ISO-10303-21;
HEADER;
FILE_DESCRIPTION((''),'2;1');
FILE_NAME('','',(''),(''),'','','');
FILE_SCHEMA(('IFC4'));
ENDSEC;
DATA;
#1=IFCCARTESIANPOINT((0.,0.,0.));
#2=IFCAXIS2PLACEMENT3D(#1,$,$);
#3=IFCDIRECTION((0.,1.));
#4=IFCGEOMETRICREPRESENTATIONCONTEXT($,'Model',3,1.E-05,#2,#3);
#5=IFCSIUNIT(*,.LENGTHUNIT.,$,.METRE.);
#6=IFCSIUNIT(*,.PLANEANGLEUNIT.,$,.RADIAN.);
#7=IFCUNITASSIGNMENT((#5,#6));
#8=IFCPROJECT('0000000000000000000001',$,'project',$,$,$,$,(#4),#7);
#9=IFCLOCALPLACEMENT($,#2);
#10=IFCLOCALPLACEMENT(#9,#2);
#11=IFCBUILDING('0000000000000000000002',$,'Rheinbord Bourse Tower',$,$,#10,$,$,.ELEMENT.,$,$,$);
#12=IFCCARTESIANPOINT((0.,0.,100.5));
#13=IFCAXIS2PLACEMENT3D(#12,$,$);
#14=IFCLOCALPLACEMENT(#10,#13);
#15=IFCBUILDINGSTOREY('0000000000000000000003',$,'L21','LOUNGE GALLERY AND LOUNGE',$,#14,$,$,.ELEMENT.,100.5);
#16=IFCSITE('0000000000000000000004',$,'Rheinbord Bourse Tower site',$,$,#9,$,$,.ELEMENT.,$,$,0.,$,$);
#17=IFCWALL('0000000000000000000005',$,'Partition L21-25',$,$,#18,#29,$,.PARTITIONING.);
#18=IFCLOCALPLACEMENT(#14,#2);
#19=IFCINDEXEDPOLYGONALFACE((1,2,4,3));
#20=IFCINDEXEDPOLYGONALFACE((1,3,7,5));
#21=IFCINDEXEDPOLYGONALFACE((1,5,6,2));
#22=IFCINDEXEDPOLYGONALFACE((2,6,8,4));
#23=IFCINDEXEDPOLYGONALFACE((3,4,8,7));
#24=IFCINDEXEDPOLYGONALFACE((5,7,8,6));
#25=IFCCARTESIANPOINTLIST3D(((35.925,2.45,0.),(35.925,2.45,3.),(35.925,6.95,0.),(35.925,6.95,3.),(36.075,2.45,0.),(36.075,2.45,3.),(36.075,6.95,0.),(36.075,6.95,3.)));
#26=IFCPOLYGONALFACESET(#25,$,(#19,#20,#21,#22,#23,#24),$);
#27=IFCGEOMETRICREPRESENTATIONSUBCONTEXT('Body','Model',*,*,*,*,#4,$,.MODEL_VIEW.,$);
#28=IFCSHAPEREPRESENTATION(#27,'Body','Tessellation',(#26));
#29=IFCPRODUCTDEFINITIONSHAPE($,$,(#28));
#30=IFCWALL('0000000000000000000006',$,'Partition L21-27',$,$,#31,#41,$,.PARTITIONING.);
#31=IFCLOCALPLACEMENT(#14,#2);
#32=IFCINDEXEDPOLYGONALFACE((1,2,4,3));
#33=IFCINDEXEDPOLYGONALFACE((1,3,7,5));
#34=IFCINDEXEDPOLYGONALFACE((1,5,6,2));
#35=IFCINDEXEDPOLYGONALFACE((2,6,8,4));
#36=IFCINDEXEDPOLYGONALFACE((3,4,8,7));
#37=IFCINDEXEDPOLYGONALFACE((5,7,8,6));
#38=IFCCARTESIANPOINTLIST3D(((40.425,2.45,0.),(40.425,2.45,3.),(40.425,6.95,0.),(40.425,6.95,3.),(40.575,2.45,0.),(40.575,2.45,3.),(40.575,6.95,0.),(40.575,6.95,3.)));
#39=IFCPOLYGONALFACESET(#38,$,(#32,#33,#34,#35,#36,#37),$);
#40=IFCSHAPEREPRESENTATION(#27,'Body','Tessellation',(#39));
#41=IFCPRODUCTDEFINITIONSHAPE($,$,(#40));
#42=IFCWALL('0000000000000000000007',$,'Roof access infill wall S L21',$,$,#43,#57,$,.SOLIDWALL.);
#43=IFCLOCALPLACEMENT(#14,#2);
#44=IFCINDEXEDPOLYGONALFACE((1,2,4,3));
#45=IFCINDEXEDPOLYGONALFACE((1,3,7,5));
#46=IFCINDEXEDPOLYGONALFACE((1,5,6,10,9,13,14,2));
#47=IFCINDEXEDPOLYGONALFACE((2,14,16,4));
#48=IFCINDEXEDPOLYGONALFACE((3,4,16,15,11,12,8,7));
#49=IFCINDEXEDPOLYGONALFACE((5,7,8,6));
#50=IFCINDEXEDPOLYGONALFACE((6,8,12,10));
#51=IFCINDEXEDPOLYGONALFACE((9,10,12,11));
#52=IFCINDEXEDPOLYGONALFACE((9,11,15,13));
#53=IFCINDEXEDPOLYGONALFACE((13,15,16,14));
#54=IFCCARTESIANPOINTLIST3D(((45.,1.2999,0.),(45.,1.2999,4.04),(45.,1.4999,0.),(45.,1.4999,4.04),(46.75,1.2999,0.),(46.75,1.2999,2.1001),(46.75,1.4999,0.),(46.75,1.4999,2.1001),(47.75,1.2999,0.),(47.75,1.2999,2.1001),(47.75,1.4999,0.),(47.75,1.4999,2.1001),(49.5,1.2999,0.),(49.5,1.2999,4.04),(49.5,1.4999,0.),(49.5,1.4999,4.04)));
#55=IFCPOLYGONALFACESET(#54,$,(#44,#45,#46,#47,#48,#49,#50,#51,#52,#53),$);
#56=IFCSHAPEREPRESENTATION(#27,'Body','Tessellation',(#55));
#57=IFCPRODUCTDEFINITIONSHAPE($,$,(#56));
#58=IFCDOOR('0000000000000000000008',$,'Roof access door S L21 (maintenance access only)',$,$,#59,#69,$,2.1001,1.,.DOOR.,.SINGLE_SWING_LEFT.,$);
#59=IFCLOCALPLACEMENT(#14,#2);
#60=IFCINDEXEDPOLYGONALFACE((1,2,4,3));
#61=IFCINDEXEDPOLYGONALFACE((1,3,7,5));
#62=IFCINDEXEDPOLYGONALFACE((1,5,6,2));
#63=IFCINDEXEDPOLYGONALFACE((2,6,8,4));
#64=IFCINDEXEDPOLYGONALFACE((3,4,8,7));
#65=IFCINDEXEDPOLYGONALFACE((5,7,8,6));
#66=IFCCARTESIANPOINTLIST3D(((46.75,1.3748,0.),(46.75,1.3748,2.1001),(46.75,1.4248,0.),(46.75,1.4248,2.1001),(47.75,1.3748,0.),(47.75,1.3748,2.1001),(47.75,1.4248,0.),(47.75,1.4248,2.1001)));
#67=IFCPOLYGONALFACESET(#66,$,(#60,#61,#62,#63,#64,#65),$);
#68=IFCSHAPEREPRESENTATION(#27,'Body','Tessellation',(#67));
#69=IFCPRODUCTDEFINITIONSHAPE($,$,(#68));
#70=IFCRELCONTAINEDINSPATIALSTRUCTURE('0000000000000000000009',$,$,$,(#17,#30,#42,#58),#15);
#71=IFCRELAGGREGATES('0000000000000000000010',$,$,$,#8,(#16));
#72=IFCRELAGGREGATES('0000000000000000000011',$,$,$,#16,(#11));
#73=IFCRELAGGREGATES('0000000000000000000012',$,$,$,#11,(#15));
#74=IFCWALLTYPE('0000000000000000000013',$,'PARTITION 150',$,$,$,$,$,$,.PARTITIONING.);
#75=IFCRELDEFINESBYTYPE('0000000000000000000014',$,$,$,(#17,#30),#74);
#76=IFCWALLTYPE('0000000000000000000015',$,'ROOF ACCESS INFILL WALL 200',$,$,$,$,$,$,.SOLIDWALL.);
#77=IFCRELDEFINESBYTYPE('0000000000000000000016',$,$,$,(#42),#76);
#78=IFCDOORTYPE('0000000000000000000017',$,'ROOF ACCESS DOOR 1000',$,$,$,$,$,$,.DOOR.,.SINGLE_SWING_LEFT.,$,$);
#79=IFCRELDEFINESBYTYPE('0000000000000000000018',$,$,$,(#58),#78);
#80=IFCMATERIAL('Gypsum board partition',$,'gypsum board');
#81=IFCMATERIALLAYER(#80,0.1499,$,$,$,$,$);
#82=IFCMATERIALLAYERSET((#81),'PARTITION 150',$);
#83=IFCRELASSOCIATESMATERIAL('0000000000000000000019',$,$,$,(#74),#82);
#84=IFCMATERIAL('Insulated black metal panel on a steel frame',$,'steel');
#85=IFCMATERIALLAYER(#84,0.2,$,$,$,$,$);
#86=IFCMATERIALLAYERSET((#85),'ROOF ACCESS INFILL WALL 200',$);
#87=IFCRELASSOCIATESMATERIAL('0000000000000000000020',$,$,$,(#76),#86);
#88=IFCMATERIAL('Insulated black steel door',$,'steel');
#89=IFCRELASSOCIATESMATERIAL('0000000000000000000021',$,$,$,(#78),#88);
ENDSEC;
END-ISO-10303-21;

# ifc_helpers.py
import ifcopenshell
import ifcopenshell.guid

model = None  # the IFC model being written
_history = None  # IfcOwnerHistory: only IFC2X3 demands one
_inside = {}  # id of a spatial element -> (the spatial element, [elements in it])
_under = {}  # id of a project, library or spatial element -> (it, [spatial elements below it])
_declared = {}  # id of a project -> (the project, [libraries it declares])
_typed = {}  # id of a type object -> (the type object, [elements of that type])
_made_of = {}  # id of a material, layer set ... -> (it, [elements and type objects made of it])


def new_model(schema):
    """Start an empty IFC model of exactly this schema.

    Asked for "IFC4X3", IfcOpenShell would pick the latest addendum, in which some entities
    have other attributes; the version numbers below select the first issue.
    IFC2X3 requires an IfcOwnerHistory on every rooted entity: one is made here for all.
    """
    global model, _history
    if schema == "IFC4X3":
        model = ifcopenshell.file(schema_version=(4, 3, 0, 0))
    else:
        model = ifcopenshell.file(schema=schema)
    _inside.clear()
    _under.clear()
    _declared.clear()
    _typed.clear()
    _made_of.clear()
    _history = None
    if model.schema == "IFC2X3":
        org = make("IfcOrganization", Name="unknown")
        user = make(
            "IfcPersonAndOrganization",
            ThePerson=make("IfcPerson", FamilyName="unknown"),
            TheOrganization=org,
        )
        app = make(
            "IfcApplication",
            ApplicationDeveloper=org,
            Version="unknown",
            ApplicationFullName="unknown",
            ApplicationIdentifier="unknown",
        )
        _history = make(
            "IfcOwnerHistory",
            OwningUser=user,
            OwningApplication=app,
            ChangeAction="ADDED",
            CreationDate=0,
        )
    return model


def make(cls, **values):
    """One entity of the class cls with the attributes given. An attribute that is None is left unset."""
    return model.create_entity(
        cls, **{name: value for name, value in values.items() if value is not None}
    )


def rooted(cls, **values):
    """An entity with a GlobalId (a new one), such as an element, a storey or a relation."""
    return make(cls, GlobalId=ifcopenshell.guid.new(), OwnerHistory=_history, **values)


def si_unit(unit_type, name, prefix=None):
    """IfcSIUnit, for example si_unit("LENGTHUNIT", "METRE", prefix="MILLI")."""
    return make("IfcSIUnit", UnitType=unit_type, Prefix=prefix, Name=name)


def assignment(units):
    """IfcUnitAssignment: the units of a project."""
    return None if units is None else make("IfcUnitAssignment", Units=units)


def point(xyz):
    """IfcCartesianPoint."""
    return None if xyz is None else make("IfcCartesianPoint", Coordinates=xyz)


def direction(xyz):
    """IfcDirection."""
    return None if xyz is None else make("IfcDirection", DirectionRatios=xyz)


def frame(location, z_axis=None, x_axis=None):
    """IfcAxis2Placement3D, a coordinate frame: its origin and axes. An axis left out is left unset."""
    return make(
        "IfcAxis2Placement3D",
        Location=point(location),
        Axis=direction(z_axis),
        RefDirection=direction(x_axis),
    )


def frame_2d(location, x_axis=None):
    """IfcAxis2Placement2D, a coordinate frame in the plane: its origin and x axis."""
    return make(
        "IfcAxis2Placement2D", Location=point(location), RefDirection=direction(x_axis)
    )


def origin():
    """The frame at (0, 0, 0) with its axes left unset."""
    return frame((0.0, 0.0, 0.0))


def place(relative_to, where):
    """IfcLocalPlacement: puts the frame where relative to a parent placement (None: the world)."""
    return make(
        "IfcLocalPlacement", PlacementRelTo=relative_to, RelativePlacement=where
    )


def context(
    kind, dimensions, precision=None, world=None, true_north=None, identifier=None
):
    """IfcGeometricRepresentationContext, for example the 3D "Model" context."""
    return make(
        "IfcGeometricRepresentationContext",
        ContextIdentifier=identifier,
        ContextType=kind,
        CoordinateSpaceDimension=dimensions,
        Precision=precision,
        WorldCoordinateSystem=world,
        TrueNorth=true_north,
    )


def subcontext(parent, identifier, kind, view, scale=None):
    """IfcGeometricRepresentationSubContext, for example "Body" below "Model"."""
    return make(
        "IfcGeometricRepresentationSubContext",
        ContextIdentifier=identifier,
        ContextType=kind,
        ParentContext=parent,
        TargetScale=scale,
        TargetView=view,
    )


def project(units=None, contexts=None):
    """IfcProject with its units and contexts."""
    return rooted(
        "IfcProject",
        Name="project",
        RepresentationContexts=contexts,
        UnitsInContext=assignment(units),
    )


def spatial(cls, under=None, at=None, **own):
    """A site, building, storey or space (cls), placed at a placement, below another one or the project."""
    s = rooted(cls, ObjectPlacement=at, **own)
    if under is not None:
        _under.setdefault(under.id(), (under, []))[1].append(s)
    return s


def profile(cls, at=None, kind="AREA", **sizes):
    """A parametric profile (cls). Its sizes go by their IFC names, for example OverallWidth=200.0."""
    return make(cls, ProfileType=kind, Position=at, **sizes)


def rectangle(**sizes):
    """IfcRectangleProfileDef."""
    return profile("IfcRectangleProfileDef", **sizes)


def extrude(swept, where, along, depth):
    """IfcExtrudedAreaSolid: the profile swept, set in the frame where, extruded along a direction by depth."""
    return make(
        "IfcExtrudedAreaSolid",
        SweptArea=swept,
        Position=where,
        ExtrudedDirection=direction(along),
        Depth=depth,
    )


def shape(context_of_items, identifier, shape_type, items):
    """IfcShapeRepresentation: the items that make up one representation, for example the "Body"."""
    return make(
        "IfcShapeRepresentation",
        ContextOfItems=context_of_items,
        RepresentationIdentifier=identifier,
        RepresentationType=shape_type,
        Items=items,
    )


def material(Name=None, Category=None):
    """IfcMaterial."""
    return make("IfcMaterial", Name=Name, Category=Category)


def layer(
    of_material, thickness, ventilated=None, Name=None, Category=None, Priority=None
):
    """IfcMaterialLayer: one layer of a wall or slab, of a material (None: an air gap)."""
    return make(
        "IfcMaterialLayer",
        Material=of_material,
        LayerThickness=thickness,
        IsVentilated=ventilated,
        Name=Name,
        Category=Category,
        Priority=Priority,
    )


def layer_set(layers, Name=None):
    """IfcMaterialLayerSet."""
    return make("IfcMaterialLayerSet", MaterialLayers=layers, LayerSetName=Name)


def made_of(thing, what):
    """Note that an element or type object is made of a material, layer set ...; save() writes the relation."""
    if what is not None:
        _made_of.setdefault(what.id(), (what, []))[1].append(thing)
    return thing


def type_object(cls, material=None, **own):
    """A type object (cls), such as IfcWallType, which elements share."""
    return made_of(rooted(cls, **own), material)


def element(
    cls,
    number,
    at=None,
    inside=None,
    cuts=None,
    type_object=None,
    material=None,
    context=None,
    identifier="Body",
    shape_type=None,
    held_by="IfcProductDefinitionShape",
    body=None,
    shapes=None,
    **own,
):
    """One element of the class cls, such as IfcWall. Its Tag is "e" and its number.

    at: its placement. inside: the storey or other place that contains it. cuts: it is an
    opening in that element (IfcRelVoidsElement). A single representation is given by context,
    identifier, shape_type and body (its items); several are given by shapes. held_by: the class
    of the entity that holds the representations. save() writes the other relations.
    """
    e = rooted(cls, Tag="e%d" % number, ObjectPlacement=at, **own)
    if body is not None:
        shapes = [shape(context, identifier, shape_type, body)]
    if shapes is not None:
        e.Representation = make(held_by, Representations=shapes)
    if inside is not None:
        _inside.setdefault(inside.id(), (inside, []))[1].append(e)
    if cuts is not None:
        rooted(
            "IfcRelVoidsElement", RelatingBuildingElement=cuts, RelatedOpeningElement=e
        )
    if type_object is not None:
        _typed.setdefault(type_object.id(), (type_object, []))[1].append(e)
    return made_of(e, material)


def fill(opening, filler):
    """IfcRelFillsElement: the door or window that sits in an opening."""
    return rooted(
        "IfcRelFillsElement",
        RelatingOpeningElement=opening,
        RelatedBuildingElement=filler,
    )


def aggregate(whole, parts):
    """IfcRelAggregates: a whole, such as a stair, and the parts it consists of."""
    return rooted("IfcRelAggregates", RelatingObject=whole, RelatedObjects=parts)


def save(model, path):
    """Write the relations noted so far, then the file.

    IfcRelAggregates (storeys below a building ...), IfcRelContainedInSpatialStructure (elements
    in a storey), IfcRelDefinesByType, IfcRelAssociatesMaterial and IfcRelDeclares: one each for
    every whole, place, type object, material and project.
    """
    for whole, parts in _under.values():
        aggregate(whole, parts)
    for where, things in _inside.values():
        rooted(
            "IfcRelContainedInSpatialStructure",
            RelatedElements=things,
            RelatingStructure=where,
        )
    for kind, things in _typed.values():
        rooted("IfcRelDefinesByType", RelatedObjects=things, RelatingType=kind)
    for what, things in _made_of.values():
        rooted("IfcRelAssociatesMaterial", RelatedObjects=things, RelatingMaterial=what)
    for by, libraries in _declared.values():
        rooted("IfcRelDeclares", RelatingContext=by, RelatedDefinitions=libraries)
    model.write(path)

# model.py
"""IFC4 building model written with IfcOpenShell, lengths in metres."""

from ifc_helpers import new_model, si_unit, direction, frame, frame_2d, origin, place, context, subcontext, project, spatial, rectangle, extrude, material, layer, layer_set, type_object, element, fill, save


model = new_model("IFC4")

# Units and contexts
model_context = context("Model", 3, precision=1e-05, world=origin(), true_north=direction((0.0, 1.0)))
body_context = subcontext(model_context, "Body", "Model", "MODEL_VIEW")
ifc_project = project(units=[si_unit("LENGTHUNIT", "METRE"), si_unit("PLANEANGLEUNIT", "RADIAN")], contexts=[model_context])

# Site, building, storey
site_placement = place(None, origin())
site = spatial("IfcSite", under=ifc_project, at=site_placement, Name="Rheinbord Bourse Tower site", CompositionType="ELEMENT", RefElevation=0.0)
building_placement = place(site_placement, origin())
building = spatial("IfcBuilding", under=site, at=building_placement, Name="Rheinbord Bourse Tower", CompositionType="ELEMENT")
storey_placement = place(building_placement, frame((0.0, 0.0, 100.5)))
storey = spatial("IfcBuildingStorey", under=building, at=storey_placement, Name="L21", Description="LOUNGE GALLERY AND LOUNGE", CompositionType="ELEMENT", Elevation=100.5)

# Walls
ifc_material_1 = material(Name="Gypsum board partition", Category="gypsum board")
ifc_layer_1 = layer(ifc_material_1, 0.1499)
ifc_layer_set_1 = layer_set([ifc_layer_1], Name="PARTITION 150")
wall_type_1 = type_object("IfcWallType", Name="PARTITION 150", PredefinedType="PARTITIONING", material=ifc_layer_set_1)
for number, where, z_axis, x_axis, name in (
    (1, (36.0, 2.45, 0.0), (0.0, 0.0, 1.0), (0.0, 1.0, 0.0), "Partition L21-25"),
    (2, (40.5, 2.45, 0.0), (0.0, 0.0, 1.0), (0.0, 1.0, 0.0), "Partition L21-27"),
):
    element("IfcWall", number, at=place(storey_placement, frame(where, z_axis=z_axis, x_axis=x_axis)), inside=storey, type_object=wall_type_1, Name=name, PredefinedType="PARTITIONING", context=body_context, shape_type="SweptSolid", body=[
        extrude(rectangle(XDim=4.5, YDim=0.1499, at=frame_2d((2.25, 0.0))), origin(), (0.0, 0.0, 1.0), 3.0),
    ])

# Wall, opening, door
ifc_material_2 = material(Name="Insulated black metal panel on a steel frame", Category="steel")
ifc_layer_2 = layer(ifc_material_2, 0.2)
ifc_layer_set_2 = layer_set([ifc_layer_2], Name="ROOF ACCESS INFILL WALL 200")
wall_type_2 = type_object("IfcWallType", Name="ROOF ACCESS INFILL WALL 200", PredefinedType="SOLIDWALL", material=ifc_layer_set_2)
wall_placement = place(storey_placement, frame((45.0, 1.3999, 0.0), z_axis=(0.0, 0.0, 1.0), x_axis=(1.0, 0.0, 0.0)))
wall = element("IfcWall", 3, at=wall_placement, inside=storey, type_object=wall_type_2, Name="Roof access infill wall S L21", PredefinedType="SOLIDWALL", context=body_context, shape_type="SweptSolid", body=[
    extrude(rectangle(XDim=4.5, YDim=0.2, at=frame_2d((2.25, 0.0))), origin(), (0.0, 0.0, 1.0), 4.04),
])
opening_placement = place(wall_placement, frame((1.75, 0.0, 0.0)))
opening = element("IfcOpeningElement", 4, at=opening_placement, cuts=wall, PredefinedType="OPENING", context=body_context, shape_type="SweptSolid", body=[
    extrude(rectangle(XDim=1.0, YDim=2.1001, at=frame_2d((0.5, 1.05))), frame((0.0, 0.1099, 0.0), z_axis=(0.0, -1.0, 0.0), x_axis=(1.0, 0.0, 0.0)), (0.0, 0.0, 1.0), 0.22),
])
ifc_material_3 = material(Name="Insulated black steel door", Category="steel")
door_type = type_object("IfcDoorType", Name="ROOF ACCESS DOOR 1000", OperationType="SINGLE_SWING_LEFT", PredefinedType="DOOR", material=ifc_material_3)
door_placement = place(opening_placement, origin())
door = element("IfcDoor", 5, at=door_placement, inside=storey, type_object=door_type, Name="Roof access door S L21 (maintenance access only)", OperationType="SINGLE_SWING_LEFT", OverallHeight=2.1001, OverallWidth=1.0, PredefinedType="DOOR", context=body_context, shape_type="SweptSolid", body=[
    extrude(rectangle(XDim=1.0, YDim=2.1001, at=frame_2d((0.5, 1.05))), frame((0.0, 0.0249, 0.0), z_axis=(0.0, -1.0, 0.0), x_axis=(1.0, 0.0, 0.0)), (0.0, 0.0, 1.0), 0.05),
])
fill(opening, door)

save(model, "model.ifc")
